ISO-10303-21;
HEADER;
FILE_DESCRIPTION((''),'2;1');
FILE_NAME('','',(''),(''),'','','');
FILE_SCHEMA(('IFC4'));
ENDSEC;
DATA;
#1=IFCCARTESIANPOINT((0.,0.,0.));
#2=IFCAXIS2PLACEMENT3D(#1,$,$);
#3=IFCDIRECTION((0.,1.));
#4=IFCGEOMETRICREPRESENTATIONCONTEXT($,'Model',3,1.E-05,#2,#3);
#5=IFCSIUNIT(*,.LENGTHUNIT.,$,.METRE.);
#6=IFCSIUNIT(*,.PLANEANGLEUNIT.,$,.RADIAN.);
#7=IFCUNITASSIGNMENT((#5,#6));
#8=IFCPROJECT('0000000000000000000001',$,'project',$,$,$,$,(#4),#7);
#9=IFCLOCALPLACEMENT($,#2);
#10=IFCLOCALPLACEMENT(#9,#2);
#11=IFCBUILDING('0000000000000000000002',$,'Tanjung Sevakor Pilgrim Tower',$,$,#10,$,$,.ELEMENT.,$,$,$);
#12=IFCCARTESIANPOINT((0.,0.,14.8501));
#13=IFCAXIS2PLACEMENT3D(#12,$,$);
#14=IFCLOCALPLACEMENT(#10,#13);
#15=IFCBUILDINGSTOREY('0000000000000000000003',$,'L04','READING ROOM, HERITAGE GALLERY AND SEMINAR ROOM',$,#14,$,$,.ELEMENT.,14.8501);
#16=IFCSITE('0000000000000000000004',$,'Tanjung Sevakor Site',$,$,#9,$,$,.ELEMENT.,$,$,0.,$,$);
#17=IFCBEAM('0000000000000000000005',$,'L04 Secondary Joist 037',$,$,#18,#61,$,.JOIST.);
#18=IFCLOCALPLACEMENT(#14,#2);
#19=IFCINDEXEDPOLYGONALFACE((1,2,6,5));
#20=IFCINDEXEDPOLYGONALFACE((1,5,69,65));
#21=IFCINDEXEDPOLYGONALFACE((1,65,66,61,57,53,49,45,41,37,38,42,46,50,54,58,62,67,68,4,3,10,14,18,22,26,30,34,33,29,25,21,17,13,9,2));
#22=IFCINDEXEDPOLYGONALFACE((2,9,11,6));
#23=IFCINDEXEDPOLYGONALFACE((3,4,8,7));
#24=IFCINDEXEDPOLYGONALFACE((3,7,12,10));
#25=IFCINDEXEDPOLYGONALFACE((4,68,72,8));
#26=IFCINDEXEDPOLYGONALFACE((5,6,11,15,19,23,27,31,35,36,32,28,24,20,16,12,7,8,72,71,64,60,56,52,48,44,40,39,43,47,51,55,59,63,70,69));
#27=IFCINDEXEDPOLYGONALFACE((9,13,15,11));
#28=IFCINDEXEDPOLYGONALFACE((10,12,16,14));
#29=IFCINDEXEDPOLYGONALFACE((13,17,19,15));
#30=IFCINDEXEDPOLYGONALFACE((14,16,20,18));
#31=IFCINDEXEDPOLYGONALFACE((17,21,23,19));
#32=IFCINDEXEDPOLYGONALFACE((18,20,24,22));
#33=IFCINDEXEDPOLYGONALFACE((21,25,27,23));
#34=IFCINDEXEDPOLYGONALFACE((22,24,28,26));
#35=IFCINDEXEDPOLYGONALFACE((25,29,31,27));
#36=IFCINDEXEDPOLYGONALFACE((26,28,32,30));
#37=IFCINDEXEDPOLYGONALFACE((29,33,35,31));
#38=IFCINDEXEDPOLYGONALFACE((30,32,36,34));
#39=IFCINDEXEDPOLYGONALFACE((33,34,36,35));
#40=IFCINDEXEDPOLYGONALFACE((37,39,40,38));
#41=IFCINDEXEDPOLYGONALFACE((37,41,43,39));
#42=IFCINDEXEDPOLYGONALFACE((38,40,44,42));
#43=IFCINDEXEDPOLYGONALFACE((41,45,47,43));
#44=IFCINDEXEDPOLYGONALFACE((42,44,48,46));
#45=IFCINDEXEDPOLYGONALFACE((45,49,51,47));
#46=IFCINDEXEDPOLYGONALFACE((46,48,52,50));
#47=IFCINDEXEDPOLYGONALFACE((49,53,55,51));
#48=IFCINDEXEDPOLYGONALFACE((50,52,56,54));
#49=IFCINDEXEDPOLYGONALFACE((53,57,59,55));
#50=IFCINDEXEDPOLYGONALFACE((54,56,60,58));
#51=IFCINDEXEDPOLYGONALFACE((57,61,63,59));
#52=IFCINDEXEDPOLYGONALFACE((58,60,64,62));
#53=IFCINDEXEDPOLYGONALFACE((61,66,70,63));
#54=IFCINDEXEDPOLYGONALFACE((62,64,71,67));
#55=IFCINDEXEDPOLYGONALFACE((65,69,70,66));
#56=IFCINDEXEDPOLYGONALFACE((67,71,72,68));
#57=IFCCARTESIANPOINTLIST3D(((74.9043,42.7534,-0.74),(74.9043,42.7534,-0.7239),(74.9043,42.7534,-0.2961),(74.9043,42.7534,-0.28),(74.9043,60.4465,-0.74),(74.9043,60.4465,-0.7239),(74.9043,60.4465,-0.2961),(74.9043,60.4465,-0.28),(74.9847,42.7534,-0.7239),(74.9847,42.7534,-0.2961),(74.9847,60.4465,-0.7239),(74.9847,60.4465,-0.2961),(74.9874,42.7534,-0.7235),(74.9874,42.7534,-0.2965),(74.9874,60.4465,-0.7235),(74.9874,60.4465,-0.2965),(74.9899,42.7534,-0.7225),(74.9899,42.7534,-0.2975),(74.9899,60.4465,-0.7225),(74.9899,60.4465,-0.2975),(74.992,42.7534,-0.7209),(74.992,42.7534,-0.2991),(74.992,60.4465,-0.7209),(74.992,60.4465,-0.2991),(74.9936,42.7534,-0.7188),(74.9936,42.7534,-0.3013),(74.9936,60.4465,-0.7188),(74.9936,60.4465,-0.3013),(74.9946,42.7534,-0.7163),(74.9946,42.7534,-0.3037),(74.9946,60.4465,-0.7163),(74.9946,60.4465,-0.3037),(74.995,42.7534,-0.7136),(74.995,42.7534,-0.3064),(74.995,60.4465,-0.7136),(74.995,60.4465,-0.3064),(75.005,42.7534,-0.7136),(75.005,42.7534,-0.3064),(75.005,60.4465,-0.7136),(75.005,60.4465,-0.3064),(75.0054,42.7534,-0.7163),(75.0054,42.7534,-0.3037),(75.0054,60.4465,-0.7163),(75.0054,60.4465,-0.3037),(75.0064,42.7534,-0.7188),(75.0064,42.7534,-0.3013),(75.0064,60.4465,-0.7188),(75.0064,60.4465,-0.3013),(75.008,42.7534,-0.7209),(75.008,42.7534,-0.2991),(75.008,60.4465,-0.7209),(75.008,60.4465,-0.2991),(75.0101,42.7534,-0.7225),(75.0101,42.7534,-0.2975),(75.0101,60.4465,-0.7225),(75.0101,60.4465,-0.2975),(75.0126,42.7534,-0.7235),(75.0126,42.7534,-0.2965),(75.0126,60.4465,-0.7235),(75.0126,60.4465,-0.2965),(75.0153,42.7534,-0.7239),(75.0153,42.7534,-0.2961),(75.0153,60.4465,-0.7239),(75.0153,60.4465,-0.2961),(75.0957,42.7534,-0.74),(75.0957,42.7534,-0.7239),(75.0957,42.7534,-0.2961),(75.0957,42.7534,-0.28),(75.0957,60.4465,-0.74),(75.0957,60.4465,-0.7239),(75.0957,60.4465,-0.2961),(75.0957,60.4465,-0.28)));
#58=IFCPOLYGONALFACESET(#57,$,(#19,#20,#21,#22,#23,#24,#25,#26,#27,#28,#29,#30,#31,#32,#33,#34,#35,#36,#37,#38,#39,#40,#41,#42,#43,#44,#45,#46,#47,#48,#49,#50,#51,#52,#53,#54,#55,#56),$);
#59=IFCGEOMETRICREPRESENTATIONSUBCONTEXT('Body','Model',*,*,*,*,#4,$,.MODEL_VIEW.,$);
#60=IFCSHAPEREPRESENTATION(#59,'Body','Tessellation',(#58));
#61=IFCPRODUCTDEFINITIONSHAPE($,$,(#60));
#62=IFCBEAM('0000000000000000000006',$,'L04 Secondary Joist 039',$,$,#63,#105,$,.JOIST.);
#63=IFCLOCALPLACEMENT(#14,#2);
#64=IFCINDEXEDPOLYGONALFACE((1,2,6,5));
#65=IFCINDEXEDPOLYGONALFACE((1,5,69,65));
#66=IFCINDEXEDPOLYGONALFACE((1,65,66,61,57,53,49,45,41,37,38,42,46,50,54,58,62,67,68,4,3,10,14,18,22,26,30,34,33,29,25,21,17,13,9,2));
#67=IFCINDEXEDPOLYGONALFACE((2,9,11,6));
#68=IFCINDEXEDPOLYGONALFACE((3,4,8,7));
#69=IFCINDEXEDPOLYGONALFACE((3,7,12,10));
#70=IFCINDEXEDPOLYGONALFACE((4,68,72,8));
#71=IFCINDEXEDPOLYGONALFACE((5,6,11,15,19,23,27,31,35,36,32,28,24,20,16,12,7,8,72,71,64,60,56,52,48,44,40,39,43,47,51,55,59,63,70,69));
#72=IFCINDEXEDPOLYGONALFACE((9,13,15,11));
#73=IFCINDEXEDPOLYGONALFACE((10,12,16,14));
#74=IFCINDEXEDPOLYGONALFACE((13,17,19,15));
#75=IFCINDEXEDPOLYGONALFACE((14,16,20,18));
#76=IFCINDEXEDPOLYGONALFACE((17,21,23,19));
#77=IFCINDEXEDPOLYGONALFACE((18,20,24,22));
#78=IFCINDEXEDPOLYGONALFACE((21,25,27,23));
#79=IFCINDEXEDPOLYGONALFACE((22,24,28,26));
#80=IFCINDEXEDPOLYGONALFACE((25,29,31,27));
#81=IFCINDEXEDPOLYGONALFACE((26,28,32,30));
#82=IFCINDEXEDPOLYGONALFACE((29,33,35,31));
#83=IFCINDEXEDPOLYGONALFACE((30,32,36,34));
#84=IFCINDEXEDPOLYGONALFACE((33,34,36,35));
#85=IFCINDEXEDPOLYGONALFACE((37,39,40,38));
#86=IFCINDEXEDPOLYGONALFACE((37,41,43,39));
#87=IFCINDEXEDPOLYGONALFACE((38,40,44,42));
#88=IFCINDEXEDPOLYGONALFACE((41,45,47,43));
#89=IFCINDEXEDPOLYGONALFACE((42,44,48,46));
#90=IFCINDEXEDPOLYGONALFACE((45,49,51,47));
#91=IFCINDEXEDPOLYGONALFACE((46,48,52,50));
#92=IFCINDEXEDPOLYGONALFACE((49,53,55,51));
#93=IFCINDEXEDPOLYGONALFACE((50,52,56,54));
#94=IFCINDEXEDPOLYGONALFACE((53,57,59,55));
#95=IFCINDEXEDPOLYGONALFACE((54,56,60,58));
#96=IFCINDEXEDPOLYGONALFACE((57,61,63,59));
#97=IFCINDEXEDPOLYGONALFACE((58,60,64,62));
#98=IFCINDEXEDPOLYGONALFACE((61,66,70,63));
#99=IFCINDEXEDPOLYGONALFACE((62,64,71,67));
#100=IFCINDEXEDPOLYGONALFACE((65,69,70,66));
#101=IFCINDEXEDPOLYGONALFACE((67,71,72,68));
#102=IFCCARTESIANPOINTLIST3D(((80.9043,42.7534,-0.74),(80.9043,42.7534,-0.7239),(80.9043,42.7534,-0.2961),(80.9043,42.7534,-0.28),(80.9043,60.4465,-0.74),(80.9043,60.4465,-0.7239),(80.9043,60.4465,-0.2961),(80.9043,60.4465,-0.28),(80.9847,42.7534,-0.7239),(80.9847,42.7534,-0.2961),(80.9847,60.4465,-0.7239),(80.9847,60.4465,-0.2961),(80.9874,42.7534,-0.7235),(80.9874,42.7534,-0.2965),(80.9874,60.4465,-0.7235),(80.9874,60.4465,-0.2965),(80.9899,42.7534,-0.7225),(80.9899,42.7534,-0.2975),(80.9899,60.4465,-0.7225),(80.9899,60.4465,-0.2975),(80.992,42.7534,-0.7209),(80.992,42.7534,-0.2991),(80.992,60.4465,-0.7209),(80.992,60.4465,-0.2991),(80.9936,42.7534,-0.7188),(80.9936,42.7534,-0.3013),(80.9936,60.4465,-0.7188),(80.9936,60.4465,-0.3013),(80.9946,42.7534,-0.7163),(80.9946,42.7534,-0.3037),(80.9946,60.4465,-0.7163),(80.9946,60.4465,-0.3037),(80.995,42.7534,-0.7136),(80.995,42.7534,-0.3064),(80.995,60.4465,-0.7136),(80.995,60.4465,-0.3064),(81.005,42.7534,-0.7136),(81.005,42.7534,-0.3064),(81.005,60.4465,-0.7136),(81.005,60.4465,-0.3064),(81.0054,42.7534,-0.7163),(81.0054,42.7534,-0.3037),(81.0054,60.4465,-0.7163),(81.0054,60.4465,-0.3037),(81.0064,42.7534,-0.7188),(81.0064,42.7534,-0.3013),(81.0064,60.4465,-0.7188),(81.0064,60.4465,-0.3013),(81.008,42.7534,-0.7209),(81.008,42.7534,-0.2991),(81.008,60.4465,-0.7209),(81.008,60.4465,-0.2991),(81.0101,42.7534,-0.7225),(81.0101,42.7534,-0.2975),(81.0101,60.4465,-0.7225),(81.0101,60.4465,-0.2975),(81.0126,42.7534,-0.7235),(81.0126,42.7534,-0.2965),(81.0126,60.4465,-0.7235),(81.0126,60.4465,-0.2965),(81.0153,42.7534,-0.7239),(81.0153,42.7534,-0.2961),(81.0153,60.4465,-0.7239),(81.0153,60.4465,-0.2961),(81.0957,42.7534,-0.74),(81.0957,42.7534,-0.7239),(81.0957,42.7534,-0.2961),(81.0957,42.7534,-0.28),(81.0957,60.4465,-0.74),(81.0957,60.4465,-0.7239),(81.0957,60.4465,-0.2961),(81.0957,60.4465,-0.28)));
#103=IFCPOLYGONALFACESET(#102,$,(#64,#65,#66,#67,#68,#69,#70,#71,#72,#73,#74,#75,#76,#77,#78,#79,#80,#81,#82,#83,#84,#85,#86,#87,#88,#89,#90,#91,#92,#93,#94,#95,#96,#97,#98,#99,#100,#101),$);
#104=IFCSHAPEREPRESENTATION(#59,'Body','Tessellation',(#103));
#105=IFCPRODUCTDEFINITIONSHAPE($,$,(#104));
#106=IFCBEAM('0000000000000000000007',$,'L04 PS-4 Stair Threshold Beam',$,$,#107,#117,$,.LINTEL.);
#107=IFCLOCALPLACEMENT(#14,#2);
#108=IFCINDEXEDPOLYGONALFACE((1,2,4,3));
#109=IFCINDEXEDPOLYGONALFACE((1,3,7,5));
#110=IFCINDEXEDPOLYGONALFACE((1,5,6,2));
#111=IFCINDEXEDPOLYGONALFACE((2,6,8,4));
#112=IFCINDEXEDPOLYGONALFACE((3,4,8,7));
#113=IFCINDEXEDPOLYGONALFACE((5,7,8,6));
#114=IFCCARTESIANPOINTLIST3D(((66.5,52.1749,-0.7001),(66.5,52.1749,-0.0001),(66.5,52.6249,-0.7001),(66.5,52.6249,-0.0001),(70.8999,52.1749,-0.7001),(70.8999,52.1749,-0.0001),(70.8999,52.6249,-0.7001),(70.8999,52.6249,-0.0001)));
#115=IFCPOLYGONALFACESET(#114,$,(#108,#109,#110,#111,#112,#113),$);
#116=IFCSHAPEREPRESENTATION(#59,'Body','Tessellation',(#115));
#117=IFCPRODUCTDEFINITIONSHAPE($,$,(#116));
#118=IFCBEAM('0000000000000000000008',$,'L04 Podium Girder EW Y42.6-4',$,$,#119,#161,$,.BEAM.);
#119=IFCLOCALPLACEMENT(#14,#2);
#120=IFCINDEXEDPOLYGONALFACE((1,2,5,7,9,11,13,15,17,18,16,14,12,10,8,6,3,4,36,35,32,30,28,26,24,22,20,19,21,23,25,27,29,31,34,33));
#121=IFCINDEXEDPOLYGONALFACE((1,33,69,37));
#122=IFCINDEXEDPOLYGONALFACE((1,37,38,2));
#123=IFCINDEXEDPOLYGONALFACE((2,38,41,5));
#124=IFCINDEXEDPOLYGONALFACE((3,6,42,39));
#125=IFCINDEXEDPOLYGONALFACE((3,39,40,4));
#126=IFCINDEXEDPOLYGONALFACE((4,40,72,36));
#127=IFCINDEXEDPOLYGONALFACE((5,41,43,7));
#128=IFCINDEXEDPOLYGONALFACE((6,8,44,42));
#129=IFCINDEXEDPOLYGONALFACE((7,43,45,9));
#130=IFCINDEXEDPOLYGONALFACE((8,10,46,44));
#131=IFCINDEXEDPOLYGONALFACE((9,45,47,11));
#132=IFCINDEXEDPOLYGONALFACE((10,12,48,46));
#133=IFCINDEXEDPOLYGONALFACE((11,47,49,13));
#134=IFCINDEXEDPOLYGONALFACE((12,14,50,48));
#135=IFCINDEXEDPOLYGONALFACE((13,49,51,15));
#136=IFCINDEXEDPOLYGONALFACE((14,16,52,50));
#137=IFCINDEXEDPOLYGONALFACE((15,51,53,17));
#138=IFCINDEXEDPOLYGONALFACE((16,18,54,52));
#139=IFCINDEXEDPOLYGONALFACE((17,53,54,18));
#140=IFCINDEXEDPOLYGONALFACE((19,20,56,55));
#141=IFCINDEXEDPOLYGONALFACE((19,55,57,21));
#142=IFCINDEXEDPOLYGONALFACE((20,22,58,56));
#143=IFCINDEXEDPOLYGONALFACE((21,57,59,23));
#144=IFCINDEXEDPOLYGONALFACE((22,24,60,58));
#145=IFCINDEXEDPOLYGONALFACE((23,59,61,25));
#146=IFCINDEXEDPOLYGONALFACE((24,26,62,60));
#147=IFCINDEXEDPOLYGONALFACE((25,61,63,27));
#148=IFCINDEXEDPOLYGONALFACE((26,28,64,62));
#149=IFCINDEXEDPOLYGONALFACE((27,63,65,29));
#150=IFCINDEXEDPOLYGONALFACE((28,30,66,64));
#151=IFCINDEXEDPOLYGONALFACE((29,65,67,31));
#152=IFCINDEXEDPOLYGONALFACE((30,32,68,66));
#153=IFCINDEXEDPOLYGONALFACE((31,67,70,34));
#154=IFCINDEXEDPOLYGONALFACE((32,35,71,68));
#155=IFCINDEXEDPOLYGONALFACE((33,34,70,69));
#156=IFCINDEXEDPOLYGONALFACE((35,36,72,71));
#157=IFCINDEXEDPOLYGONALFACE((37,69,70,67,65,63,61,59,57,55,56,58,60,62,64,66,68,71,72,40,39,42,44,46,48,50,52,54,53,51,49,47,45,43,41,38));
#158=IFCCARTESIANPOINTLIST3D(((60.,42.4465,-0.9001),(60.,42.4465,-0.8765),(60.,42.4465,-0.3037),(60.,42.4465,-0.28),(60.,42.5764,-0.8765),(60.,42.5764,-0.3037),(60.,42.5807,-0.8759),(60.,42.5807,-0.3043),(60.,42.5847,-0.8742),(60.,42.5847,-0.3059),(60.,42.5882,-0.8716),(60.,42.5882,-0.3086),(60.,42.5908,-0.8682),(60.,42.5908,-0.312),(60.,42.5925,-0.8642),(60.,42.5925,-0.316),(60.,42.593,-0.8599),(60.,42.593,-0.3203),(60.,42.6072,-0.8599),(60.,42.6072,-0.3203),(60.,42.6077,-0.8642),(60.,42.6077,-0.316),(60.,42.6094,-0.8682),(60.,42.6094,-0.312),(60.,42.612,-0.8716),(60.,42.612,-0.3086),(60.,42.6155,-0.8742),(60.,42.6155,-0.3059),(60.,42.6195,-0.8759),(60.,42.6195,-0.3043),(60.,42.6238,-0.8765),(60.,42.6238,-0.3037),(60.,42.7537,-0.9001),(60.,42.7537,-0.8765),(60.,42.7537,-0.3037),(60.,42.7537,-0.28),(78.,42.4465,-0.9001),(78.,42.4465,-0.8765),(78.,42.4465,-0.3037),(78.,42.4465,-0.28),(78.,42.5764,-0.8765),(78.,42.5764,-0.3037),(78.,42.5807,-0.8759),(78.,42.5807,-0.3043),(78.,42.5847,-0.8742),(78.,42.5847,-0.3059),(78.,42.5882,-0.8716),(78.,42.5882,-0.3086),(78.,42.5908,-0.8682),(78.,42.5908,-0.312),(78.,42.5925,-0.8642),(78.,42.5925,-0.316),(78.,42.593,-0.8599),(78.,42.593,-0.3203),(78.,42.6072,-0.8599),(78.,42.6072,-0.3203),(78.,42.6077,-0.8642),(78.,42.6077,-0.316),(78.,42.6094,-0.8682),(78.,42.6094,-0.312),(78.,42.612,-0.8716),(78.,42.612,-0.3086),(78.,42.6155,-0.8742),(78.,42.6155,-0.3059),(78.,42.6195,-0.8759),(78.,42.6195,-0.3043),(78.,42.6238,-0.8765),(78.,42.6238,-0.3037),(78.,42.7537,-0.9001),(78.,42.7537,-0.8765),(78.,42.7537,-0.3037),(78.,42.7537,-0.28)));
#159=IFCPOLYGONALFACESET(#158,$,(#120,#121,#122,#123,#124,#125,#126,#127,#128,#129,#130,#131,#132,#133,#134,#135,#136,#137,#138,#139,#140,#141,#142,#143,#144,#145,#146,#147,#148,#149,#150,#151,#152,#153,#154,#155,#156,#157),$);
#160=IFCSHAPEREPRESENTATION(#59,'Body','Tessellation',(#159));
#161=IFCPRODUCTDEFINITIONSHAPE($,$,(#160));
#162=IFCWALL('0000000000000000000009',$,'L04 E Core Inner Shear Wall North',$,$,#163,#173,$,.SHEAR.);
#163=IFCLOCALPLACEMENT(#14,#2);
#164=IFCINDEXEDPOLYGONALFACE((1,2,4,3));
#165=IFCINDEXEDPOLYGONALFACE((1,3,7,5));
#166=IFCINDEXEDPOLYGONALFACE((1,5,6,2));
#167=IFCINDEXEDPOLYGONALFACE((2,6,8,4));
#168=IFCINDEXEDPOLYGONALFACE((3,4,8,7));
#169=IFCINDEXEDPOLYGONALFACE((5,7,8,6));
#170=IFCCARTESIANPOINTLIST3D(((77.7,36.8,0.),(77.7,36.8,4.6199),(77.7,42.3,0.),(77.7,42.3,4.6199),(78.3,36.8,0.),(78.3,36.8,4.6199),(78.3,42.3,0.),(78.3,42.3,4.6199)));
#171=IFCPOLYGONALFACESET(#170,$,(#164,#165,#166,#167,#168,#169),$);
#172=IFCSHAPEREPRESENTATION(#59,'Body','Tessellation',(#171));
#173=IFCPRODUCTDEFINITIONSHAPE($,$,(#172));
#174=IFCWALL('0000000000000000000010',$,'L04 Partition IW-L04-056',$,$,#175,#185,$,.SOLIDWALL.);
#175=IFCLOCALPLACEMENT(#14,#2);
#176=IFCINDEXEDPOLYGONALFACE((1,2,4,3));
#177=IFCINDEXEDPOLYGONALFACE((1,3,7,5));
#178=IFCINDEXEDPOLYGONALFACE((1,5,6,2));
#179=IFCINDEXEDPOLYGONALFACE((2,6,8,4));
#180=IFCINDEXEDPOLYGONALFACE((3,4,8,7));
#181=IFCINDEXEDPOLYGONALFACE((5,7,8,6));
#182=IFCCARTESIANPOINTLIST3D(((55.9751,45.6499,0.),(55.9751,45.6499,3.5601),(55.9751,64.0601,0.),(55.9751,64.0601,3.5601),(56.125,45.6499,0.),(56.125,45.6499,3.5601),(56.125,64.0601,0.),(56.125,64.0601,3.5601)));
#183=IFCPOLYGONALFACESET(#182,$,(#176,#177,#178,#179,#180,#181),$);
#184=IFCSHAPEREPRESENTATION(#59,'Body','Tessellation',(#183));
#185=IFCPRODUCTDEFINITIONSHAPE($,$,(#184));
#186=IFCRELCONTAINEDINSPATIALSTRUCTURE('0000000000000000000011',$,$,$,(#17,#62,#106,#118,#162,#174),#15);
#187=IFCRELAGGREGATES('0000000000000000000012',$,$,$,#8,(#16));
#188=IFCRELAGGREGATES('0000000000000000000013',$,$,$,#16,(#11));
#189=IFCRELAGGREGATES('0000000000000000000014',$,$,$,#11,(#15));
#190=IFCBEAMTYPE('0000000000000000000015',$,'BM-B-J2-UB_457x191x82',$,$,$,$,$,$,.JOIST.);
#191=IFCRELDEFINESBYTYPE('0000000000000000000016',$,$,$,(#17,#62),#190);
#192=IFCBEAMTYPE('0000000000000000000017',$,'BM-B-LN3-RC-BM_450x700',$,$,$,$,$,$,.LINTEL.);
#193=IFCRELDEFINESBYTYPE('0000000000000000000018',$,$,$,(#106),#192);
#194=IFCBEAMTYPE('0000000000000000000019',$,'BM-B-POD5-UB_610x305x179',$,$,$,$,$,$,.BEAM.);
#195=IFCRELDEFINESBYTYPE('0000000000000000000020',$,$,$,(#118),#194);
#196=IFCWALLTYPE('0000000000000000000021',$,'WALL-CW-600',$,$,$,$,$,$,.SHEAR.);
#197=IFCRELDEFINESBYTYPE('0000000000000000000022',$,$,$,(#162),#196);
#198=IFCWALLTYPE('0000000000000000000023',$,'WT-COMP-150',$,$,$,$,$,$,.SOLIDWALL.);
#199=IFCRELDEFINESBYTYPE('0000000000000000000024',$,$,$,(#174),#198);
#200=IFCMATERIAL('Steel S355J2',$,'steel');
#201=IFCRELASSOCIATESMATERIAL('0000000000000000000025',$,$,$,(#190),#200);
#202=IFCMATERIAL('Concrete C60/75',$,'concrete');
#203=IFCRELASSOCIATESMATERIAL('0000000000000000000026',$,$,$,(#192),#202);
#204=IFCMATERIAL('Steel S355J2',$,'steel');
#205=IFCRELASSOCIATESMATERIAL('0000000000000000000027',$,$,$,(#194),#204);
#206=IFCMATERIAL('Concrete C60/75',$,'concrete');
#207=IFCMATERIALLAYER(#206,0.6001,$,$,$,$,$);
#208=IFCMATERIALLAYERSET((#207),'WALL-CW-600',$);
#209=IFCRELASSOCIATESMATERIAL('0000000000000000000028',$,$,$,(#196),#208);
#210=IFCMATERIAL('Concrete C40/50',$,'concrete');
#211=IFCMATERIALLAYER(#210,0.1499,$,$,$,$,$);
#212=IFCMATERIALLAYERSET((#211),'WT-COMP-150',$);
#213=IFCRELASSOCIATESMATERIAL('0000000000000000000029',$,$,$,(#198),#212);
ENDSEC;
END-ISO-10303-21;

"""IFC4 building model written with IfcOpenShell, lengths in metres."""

from ifc_helpers import new_model, si_unit, direction, frame, frame_2d, origin, origin_2d, place, context, subcontext, project, spatial, rectangle, i_section, extrude, material, layer, layer_set, material_profile, profile_set, type_object, element, save


model = new_model("IFC4")

# Units and contexts
model_context = context("Model", 3, precision=1e-05, world=origin(), true_north=direction((0.0, 1.0)))
body_context = subcontext(model_context, "Body", "Model", "MODEL_VIEW")
ifc_project = project(units=[si_unit("LENGTHUNIT", "METRE"), si_unit("PLANEANGLEUNIT", "RADIAN")], contexts=[model_context])

# Site, building, storey
site_placement = place(None, origin())
site = spatial("IfcSite", under=ifc_project, at=site_placement, Name="Tanjung Sevakor Site", CompositionType="ELEMENT", RefElevation=0.0)
building_placement = place(site_placement, origin())
building = spatial("IfcBuilding", under=site, at=building_placement, Name="Tanjung Sevakor Pilgrim Tower", CompositionType="ELEMENT")
storey_placement = place(building_placement, frame((0.0, 0.0, 14.8501)))
storey = spatial("IfcBuildingStorey", under=building, at=storey_placement, Name="L04", Description="READING ROOM, HERITAGE GALLERY AND SEMINAR ROOM", CompositionType="ELEMENT", Elevation=14.8501)

# Beams
ifc_material_1 = material(Name="Steel S355J2", Category="steel")
ifc_material_profile_1 = material_profile(ifc_material_1, i_section(OverallWidth=0.1914, OverallDepth=0.46, WebThickness=0.01, FlangeThickness=0.0161, FilletRadius=0.0103, at=origin_2d()))
ifc_profile_set_1 = profile_set([ifc_material_profile_1], Name="Steel S355J2")
beam_type_1 = type_object("IfcBeamType", Name="BM-B-J2-UB_457x191x82", PredefinedType="JOIST", material=ifc_profile_set_1)
for number, where, z_axis, x_axis, name in (
    (1, (75.0, 42.7534, -0.51), (0.0, 1.0, 0.0), (-1.0, 0.0, 0.0), "L04 Secondary Joist 037"),
    (2, (81.0, 42.7534, -0.51), (0.0, 1.0, 0.0), (-1.0, 0.0, 0.0), "L04 Secondary Joist 039"),
):
    element("IfcBeam", number, at=place(storey_placement, frame(where, z_axis=z_axis, x_axis=x_axis)), inside=storey, type_object=beam_type_1, Name=name, PredefinedType="JOIST", context=body_context, shape_type="SweptSolid", body=[
        extrude(i_section(OverallWidth=0.1914, OverallDepth=0.46, WebThickness=0.01, FlangeThickness=0.0161, FilletRadius=0.0103, at=origin_2d()), origin(), (0.0, 0.0, 1.0), 17.6931),
    ])
ifc_material_2 = material(Name="Concrete C60/75", Category="concrete")
ifc_material_profile_2 = material_profile(ifc_material_2, rectangle(XDim=0.45, YDim=0.7, at=origin_2d()))
ifc_profile_set_2 = profile_set([ifc_material_profile_2], Name="Concrete C60/75")
beam_type_2 = type_object("IfcBeamType", Name="BM-B-LN3-RC-BM_450x700", PredefinedType="LINTEL", material=ifc_profile_set_2)
beam_1_placement = place(storey_placement, frame((66.5, 52.3999, -0.3501), z_axis=(1.0, 0.0, 0.0), x_axis=(0.0, 1.0, 0.0)))
element("IfcBeam", 3, at=beam_1_placement, inside=storey, type_object=beam_type_2, Name="L04 PS-4 Stair Threshold Beam", PredefinedType="LINTEL", context=body_context, shape_type="SweptSolid", body=[
    extrude(rectangle(XDim=0.45, YDim=0.7, at=origin_2d()), origin(), (0.0, 0.0, 1.0), 4.3999),
])
ifc_material_3 = material(Name="Steel S355J2", Category="steel")
ifc_material_profile_3 = material_profile(ifc_material_3, i_section(OverallWidth=0.3071, OverallDepth=0.6201, WebThickness=0.0142, FlangeThickness=0.0237, FilletRadius=0.0166, at=origin_2d()))
ifc_profile_set_3 = profile_set([ifc_material_profile_3], Name="Steel S355J2")
beam_type_3 = type_object("IfcBeamType", Name="BM-B-POD5-UB_610x305x179", PredefinedType="BEAM", material=ifc_profile_set_3)
beam_2_placement = place(storey_placement, frame((60.0, 42.6001, -0.5901), z_axis=(1.0, 0.0, 0.0), x_axis=(0.0, 1.0, 0.0)))
element("IfcBeam", 4, at=beam_2_placement, inside=storey, type_object=beam_type_3, Name="L04 Podium Girder EW Y42.6-4", PredefinedType="BEAM", context=body_context, shape_type="SweptSolid", body=[
    extrude(i_section(OverallWidth=0.3071, OverallDepth=0.6201, WebThickness=0.0142, FlangeThickness=0.0237, FilletRadius=0.0166, at=origin_2d()), origin(), (0.0, 0.0, 1.0), 18.0),
])

# Walls
ifc_material_4 = material(Name="Concrete C60/75", Category="concrete")
ifc_layer_1 = layer(ifc_material_4, 0.6001)
ifc_layer_set_1 = layer_set([ifc_layer_1], Name="WALL-CW-600")
wall_type_1 = type_object("IfcWallType", Name="WALL-CW-600", PredefinedType="SHEAR", material=ifc_layer_set_1)
wall_1_placement = place(storey_placement, frame((78.0, 36.8, 0.0), z_axis=(0.0, 0.0, 1.0), x_axis=(0.0, 1.0, 0.0)))
element("IfcWall", 5, at=wall_1_placement, inside=storey, type_object=wall_type_1, Name="L04 E Core Inner Shear Wall North", PredefinedType="SHEAR", context=body_context, shape_type="SweptSolid", body=[
    extrude(rectangle(XDim=5.5, YDim=0.6001, at=frame_2d((2.75, 0.0))), origin(), (0.0, 0.0, 1.0), 4.6199),
])
ifc_material_5 = material(Name="Concrete C40/50", Category="concrete")
ifc_layer_2 = layer(ifc_material_5, 0.1499)
ifc_layer_set_2 = layer_set([ifc_layer_2], Name="WT-COMP-150")
wall_type_2 = type_object("IfcWallType", Name="WT-COMP-150", PredefinedType="SOLIDWALL", material=ifc_layer_set_2)
wall_2_placement = place(storey_placement, frame((56.05, 45.6499, 0.0), z_axis=(0.0, 0.0, 1.0), x_axis=(0.0, 1.0, 0.0)))
element("IfcWall", 6, at=wall_2_placement, inside=storey, type_object=wall_type_2, Name="L04 Partition IW-L04-056", PredefinedType="SOLIDWALL", context=body_context, shape_type="SweptSolid", body=[
    extrude(rectangle(XDim=18.4102, YDim=0.1499, at=frame_2d((9.2051, 0.0))), origin(), (0.0, 0.0, 1.0), 3.5601),
])

save(model, "model.ifc")
